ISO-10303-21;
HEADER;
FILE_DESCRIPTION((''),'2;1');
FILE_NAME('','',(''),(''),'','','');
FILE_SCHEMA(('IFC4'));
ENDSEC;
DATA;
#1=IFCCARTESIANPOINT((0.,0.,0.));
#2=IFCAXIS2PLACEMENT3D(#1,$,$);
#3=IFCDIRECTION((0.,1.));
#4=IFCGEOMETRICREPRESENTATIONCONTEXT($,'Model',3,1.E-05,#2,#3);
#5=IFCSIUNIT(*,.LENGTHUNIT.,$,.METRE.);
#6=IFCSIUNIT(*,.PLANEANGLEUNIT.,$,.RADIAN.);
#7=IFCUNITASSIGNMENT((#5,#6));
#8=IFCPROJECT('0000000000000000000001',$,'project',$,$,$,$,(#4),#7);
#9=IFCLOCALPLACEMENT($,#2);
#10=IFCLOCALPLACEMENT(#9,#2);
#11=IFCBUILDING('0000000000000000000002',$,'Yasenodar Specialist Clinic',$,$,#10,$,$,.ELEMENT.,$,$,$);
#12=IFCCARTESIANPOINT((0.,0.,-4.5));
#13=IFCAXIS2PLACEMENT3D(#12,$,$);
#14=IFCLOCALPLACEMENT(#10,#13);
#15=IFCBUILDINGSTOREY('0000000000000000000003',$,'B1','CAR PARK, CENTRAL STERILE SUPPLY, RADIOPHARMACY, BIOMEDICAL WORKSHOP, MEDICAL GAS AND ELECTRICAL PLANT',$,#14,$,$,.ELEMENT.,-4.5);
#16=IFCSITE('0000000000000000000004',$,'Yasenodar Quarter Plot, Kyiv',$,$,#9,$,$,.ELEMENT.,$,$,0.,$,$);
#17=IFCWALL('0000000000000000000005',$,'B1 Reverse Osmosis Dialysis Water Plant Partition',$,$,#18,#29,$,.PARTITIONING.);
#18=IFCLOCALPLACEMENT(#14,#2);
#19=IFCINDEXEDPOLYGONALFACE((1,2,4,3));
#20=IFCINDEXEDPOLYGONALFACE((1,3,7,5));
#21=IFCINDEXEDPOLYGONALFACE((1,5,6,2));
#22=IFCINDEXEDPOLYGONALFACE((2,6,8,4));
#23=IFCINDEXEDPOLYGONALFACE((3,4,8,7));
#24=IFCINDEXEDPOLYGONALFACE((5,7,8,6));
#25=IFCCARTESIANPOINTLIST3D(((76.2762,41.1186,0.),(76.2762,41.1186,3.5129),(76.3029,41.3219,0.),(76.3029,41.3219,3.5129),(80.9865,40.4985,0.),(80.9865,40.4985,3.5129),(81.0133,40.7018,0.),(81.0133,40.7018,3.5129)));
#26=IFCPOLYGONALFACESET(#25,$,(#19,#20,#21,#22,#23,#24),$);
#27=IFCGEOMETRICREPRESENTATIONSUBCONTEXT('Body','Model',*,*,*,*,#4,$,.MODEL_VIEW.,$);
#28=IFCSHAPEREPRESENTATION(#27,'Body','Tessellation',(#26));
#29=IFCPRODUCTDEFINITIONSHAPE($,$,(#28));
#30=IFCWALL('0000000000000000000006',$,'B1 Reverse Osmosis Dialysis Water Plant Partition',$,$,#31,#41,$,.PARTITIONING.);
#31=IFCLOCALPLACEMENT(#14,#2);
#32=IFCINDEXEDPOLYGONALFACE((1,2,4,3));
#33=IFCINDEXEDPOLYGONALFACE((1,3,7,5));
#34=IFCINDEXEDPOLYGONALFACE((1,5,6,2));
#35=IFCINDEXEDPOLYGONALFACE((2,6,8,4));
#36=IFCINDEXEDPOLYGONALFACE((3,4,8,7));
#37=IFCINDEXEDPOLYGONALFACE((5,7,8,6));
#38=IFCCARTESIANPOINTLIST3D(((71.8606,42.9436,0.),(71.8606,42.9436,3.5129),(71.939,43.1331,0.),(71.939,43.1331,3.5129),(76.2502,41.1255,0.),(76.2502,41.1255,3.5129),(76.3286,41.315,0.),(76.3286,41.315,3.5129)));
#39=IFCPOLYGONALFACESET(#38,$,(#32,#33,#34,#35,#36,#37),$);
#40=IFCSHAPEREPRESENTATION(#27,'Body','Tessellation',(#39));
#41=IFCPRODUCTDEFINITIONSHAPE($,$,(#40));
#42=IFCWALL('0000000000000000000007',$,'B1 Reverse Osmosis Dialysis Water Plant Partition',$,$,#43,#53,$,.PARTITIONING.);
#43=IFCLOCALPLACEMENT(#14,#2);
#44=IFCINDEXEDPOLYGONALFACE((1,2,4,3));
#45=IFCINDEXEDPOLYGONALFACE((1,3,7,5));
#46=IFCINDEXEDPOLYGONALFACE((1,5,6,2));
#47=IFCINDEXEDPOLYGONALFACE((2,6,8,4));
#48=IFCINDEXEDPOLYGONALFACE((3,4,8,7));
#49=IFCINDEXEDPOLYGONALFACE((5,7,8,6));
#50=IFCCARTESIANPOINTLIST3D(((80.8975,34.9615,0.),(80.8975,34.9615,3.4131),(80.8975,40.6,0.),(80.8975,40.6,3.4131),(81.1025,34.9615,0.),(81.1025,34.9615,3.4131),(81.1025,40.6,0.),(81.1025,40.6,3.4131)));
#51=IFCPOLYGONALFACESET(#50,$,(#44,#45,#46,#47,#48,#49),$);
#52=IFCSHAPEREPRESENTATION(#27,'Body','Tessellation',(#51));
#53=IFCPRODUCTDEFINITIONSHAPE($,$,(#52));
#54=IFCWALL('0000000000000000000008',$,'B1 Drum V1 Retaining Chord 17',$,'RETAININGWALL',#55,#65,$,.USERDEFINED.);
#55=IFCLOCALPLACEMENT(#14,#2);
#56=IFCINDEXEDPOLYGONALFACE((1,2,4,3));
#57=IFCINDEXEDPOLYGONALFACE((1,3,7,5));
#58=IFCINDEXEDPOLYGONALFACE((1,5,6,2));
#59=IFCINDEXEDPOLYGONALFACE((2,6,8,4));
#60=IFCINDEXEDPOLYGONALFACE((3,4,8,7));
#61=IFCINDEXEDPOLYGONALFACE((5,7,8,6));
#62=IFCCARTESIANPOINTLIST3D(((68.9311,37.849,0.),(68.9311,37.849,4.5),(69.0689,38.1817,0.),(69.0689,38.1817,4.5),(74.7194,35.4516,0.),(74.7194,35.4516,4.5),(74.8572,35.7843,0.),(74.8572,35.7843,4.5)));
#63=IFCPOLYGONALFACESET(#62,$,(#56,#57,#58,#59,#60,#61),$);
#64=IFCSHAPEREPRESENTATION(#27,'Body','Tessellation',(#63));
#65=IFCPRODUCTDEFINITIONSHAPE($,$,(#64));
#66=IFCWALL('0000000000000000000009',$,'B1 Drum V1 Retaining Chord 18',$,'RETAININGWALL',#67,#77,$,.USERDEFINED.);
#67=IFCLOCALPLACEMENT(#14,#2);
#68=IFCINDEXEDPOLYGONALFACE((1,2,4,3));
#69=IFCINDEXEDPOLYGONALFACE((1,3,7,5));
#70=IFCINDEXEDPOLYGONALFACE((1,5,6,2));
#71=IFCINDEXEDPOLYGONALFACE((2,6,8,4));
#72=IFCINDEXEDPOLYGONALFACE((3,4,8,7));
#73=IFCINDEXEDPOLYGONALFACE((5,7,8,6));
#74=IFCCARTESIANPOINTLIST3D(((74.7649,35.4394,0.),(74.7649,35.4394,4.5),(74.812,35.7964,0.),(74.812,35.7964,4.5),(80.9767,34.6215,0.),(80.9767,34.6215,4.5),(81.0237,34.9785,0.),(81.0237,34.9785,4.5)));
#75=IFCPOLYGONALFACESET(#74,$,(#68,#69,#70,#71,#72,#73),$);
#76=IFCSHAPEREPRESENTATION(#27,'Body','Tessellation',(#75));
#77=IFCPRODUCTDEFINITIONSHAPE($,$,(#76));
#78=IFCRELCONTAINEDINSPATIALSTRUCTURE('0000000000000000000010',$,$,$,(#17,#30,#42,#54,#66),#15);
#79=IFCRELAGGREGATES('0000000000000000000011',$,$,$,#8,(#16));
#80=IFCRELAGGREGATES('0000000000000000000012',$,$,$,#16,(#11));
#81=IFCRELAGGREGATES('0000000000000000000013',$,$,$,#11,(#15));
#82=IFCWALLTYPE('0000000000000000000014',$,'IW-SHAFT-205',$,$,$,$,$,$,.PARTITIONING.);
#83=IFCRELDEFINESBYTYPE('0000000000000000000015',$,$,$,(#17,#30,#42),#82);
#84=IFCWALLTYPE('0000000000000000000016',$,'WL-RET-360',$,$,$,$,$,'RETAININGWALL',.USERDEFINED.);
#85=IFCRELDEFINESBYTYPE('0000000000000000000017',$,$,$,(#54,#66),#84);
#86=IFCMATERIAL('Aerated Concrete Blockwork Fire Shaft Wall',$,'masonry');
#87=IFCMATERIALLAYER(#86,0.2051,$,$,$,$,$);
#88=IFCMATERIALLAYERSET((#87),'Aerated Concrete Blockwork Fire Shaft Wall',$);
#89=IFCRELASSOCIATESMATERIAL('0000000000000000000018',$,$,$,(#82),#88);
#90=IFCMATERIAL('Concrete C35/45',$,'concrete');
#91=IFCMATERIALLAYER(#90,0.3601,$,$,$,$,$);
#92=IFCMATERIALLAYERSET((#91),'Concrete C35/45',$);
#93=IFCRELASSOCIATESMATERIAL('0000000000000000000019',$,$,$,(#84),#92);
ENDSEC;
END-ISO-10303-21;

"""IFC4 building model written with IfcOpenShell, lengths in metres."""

from ifc_helpers import new_model, si_unit, direction, frame, frame_2d, origin, place, context, subcontext, project, spatial, rectangle, extrude, material, layer, layer_set, type_object, element, save


model = new_model("IFC4")

# Units and contexts
model_context = context("Model", 3, precision=1e-05, world=origin(), true_north=direction((0.0, 1.0)))
body_context = subcontext(model_context, "Body", "Model", "MODEL_VIEW")
ifc_project = project(units=[si_unit("LENGTHUNIT", "METRE"), si_unit("PLANEANGLEUNIT", "RADIAN")], contexts=[model_context])

# Site, building, storey
site_placement = place(None, origin())
site = spatial("IfcSite", under=ifc_project, at=site_placement, Name="Yasenodar Quarter Plot, Kyiv", CompositionType="ELEMENT", RefElevation=0.0)
building_placement = place(site_placement, origin())
building = spatial("IfcBuilding", under=site, at=building_placement, Name="Yasenodar Specialist Clinic", CompositionType="ELEMENT")
storey_placement = place(building_placement, frame((0.0, 0.0, -4.5)))
storey = spatial("IfcBuildingStorey", under=building, at=storey_placement, Name="B1", Description="CAR PARK, CENTRAL STERILE SUPPLY, RADIOPHARMACY, BIOMEDICAL WORKSHOP, MEDICAL GAS AND ELECTRICAL PLANT", CompositionType="ELEMENT", Elevation=-4.5)

# Shared definitions
ifc_material_1 = material(Name="Concrete C35/45", Category="concrete")

# Walls
ifc_material_2 = material(Name="Aerated Concrete Blockwork Fire Shaft Wall", Category="masonry")
ifc_layer_1 = layer(ifc_material_2, 0.2051)
ifc_layer_set_1 = layer_set([ifc_layer_1], Name="Aerated Concrete Blockwork Fire Shaft Wall")
wall_type_1 = type_object("IfcWallType", Name="IW-SHAFT-205", PredefinedType="PARTITIONING", material=ifc_layer_set_1)
wall_1_placement = place(storey_placement, frame((76.2896, 41.2202, 0.0), z_axis=(0.0, 0.0, 1.0), x_axis=(0.991446, -0.130521, 0.0)))
element("IfcWall", 1, at=wall_1_placement, inside=storey, type_object=wall_type_1, Name="B1 Reverse Osmosis Dialysis Water Plant Partition", PredefinedType="PARTITIONING", context=body_context, shape_type="SweptSolid", body=[
    extrude(rectangle(XDim=4.751, YDim=0.2051, at=frame_2d((2.3755, 0.0))), origin(), (0.0, 0.0, 1.0), 3.5129),
])
wall_2_placement = place(storey_placement, frame((71.8999, 43.0383, 0.0), z_axis=(0.0, 0.0, 1.0), x_axis=(0.92389, -0.382659, 0.0)))
element("IfcWall", 2, at=wall_2_placement, inside=storey, type_object=wall_type_1, Name="B1 Reverse Osmosis Dialysis Water Plant Partition", PredefinedType="PARTITIONING", context=body_context, shape_type="SweptSolid", body=[
    extrude(rectangle(XDim=4.7512, YDim=0.2051, at=frame_2d((2.3755, 0.0))), origin(), (0.0, 0.0, 1.0), 3.5129),
])
wall_3_placement = place(storey_placement, frame((81.0, 40.6001, 0.0), z_axis=(0.0, 0.0, 1.0), x_axis=(0.0, -1.0, 0.0)))
element("IfcWall", 3, at=wall_3_placement, inside=storey, type_object=wall_type_1, Name="B1 Reverse Osmosis Dialysis Water Plant Partition", PredefinedType="PARTITIONING", context=body_context, shape_type="SweptSolid", body=[
    extrude(rectangle(XDim=5.6384, YDim=0.2051, at=frame_2d((2.8193, 0.0))), origin(), (0.0, 0.0, 1.0), 3.4131),
])
ifc_layer_2 = layer(ifc_material_1, 0.3601)
ifc_layer_set_2 = layer_set([ifc_layer_2], Name="Concrete C35/45")
wall_type_2 = type_object("IfcWallType", Name="WL-RET-360", ElementType="RETAININGWALL", PredefinedType="USERDEFINED", material=ifc_layer_set_2)
wall_4_placement = place(storey_placement, frame((69.0, 38.0154, 0.0), z_axis=(0.0, 0.0, 1.0), x_axis=(0.923888, -0.382664, 0.0)))
element("IfcWall", 4, at=wall_4_placement, inside=storey, type_object=wall_type_2, Name="B1 Drum V1 Retaining Chord 17", ObjectType="RETAININGWALL", PredefinedType="USERDEFINED", context=body_context, shape_type="SweptSolid", body=[
    extrude(rectangle(XDim=6.2651, YDim=0.3601, at=frame_2d((3.1326, 0.0))), origin(), (0.0, 0.0, 1.0), 4.5),
])
wall_5_placement = place(storey_placement, frame((74.7883, 35.6179, 0.0), z_axis=(0.0, 0.0, 1.0), x_axis=(0.991443, -0.13054, 0.0)))
element("IfcWall", 5, at=wall_5_placement, inside=storey, type_object=wall_type_2, Name="B1 Drum V1 Retaining Chord 18", ObjectType="RETAININGWALL", PredefinedType="USERDEFINED", context=body_context, shape_type="SweptSolid", body=[
    extrude(rectangle(XDim=6.2654, YDim=0.3601, at=frame_2d((3.1328, 0.0))), origin(), (0.0, 0.0, 1.0), 4.5),
])

save(model, "model.ifc")
